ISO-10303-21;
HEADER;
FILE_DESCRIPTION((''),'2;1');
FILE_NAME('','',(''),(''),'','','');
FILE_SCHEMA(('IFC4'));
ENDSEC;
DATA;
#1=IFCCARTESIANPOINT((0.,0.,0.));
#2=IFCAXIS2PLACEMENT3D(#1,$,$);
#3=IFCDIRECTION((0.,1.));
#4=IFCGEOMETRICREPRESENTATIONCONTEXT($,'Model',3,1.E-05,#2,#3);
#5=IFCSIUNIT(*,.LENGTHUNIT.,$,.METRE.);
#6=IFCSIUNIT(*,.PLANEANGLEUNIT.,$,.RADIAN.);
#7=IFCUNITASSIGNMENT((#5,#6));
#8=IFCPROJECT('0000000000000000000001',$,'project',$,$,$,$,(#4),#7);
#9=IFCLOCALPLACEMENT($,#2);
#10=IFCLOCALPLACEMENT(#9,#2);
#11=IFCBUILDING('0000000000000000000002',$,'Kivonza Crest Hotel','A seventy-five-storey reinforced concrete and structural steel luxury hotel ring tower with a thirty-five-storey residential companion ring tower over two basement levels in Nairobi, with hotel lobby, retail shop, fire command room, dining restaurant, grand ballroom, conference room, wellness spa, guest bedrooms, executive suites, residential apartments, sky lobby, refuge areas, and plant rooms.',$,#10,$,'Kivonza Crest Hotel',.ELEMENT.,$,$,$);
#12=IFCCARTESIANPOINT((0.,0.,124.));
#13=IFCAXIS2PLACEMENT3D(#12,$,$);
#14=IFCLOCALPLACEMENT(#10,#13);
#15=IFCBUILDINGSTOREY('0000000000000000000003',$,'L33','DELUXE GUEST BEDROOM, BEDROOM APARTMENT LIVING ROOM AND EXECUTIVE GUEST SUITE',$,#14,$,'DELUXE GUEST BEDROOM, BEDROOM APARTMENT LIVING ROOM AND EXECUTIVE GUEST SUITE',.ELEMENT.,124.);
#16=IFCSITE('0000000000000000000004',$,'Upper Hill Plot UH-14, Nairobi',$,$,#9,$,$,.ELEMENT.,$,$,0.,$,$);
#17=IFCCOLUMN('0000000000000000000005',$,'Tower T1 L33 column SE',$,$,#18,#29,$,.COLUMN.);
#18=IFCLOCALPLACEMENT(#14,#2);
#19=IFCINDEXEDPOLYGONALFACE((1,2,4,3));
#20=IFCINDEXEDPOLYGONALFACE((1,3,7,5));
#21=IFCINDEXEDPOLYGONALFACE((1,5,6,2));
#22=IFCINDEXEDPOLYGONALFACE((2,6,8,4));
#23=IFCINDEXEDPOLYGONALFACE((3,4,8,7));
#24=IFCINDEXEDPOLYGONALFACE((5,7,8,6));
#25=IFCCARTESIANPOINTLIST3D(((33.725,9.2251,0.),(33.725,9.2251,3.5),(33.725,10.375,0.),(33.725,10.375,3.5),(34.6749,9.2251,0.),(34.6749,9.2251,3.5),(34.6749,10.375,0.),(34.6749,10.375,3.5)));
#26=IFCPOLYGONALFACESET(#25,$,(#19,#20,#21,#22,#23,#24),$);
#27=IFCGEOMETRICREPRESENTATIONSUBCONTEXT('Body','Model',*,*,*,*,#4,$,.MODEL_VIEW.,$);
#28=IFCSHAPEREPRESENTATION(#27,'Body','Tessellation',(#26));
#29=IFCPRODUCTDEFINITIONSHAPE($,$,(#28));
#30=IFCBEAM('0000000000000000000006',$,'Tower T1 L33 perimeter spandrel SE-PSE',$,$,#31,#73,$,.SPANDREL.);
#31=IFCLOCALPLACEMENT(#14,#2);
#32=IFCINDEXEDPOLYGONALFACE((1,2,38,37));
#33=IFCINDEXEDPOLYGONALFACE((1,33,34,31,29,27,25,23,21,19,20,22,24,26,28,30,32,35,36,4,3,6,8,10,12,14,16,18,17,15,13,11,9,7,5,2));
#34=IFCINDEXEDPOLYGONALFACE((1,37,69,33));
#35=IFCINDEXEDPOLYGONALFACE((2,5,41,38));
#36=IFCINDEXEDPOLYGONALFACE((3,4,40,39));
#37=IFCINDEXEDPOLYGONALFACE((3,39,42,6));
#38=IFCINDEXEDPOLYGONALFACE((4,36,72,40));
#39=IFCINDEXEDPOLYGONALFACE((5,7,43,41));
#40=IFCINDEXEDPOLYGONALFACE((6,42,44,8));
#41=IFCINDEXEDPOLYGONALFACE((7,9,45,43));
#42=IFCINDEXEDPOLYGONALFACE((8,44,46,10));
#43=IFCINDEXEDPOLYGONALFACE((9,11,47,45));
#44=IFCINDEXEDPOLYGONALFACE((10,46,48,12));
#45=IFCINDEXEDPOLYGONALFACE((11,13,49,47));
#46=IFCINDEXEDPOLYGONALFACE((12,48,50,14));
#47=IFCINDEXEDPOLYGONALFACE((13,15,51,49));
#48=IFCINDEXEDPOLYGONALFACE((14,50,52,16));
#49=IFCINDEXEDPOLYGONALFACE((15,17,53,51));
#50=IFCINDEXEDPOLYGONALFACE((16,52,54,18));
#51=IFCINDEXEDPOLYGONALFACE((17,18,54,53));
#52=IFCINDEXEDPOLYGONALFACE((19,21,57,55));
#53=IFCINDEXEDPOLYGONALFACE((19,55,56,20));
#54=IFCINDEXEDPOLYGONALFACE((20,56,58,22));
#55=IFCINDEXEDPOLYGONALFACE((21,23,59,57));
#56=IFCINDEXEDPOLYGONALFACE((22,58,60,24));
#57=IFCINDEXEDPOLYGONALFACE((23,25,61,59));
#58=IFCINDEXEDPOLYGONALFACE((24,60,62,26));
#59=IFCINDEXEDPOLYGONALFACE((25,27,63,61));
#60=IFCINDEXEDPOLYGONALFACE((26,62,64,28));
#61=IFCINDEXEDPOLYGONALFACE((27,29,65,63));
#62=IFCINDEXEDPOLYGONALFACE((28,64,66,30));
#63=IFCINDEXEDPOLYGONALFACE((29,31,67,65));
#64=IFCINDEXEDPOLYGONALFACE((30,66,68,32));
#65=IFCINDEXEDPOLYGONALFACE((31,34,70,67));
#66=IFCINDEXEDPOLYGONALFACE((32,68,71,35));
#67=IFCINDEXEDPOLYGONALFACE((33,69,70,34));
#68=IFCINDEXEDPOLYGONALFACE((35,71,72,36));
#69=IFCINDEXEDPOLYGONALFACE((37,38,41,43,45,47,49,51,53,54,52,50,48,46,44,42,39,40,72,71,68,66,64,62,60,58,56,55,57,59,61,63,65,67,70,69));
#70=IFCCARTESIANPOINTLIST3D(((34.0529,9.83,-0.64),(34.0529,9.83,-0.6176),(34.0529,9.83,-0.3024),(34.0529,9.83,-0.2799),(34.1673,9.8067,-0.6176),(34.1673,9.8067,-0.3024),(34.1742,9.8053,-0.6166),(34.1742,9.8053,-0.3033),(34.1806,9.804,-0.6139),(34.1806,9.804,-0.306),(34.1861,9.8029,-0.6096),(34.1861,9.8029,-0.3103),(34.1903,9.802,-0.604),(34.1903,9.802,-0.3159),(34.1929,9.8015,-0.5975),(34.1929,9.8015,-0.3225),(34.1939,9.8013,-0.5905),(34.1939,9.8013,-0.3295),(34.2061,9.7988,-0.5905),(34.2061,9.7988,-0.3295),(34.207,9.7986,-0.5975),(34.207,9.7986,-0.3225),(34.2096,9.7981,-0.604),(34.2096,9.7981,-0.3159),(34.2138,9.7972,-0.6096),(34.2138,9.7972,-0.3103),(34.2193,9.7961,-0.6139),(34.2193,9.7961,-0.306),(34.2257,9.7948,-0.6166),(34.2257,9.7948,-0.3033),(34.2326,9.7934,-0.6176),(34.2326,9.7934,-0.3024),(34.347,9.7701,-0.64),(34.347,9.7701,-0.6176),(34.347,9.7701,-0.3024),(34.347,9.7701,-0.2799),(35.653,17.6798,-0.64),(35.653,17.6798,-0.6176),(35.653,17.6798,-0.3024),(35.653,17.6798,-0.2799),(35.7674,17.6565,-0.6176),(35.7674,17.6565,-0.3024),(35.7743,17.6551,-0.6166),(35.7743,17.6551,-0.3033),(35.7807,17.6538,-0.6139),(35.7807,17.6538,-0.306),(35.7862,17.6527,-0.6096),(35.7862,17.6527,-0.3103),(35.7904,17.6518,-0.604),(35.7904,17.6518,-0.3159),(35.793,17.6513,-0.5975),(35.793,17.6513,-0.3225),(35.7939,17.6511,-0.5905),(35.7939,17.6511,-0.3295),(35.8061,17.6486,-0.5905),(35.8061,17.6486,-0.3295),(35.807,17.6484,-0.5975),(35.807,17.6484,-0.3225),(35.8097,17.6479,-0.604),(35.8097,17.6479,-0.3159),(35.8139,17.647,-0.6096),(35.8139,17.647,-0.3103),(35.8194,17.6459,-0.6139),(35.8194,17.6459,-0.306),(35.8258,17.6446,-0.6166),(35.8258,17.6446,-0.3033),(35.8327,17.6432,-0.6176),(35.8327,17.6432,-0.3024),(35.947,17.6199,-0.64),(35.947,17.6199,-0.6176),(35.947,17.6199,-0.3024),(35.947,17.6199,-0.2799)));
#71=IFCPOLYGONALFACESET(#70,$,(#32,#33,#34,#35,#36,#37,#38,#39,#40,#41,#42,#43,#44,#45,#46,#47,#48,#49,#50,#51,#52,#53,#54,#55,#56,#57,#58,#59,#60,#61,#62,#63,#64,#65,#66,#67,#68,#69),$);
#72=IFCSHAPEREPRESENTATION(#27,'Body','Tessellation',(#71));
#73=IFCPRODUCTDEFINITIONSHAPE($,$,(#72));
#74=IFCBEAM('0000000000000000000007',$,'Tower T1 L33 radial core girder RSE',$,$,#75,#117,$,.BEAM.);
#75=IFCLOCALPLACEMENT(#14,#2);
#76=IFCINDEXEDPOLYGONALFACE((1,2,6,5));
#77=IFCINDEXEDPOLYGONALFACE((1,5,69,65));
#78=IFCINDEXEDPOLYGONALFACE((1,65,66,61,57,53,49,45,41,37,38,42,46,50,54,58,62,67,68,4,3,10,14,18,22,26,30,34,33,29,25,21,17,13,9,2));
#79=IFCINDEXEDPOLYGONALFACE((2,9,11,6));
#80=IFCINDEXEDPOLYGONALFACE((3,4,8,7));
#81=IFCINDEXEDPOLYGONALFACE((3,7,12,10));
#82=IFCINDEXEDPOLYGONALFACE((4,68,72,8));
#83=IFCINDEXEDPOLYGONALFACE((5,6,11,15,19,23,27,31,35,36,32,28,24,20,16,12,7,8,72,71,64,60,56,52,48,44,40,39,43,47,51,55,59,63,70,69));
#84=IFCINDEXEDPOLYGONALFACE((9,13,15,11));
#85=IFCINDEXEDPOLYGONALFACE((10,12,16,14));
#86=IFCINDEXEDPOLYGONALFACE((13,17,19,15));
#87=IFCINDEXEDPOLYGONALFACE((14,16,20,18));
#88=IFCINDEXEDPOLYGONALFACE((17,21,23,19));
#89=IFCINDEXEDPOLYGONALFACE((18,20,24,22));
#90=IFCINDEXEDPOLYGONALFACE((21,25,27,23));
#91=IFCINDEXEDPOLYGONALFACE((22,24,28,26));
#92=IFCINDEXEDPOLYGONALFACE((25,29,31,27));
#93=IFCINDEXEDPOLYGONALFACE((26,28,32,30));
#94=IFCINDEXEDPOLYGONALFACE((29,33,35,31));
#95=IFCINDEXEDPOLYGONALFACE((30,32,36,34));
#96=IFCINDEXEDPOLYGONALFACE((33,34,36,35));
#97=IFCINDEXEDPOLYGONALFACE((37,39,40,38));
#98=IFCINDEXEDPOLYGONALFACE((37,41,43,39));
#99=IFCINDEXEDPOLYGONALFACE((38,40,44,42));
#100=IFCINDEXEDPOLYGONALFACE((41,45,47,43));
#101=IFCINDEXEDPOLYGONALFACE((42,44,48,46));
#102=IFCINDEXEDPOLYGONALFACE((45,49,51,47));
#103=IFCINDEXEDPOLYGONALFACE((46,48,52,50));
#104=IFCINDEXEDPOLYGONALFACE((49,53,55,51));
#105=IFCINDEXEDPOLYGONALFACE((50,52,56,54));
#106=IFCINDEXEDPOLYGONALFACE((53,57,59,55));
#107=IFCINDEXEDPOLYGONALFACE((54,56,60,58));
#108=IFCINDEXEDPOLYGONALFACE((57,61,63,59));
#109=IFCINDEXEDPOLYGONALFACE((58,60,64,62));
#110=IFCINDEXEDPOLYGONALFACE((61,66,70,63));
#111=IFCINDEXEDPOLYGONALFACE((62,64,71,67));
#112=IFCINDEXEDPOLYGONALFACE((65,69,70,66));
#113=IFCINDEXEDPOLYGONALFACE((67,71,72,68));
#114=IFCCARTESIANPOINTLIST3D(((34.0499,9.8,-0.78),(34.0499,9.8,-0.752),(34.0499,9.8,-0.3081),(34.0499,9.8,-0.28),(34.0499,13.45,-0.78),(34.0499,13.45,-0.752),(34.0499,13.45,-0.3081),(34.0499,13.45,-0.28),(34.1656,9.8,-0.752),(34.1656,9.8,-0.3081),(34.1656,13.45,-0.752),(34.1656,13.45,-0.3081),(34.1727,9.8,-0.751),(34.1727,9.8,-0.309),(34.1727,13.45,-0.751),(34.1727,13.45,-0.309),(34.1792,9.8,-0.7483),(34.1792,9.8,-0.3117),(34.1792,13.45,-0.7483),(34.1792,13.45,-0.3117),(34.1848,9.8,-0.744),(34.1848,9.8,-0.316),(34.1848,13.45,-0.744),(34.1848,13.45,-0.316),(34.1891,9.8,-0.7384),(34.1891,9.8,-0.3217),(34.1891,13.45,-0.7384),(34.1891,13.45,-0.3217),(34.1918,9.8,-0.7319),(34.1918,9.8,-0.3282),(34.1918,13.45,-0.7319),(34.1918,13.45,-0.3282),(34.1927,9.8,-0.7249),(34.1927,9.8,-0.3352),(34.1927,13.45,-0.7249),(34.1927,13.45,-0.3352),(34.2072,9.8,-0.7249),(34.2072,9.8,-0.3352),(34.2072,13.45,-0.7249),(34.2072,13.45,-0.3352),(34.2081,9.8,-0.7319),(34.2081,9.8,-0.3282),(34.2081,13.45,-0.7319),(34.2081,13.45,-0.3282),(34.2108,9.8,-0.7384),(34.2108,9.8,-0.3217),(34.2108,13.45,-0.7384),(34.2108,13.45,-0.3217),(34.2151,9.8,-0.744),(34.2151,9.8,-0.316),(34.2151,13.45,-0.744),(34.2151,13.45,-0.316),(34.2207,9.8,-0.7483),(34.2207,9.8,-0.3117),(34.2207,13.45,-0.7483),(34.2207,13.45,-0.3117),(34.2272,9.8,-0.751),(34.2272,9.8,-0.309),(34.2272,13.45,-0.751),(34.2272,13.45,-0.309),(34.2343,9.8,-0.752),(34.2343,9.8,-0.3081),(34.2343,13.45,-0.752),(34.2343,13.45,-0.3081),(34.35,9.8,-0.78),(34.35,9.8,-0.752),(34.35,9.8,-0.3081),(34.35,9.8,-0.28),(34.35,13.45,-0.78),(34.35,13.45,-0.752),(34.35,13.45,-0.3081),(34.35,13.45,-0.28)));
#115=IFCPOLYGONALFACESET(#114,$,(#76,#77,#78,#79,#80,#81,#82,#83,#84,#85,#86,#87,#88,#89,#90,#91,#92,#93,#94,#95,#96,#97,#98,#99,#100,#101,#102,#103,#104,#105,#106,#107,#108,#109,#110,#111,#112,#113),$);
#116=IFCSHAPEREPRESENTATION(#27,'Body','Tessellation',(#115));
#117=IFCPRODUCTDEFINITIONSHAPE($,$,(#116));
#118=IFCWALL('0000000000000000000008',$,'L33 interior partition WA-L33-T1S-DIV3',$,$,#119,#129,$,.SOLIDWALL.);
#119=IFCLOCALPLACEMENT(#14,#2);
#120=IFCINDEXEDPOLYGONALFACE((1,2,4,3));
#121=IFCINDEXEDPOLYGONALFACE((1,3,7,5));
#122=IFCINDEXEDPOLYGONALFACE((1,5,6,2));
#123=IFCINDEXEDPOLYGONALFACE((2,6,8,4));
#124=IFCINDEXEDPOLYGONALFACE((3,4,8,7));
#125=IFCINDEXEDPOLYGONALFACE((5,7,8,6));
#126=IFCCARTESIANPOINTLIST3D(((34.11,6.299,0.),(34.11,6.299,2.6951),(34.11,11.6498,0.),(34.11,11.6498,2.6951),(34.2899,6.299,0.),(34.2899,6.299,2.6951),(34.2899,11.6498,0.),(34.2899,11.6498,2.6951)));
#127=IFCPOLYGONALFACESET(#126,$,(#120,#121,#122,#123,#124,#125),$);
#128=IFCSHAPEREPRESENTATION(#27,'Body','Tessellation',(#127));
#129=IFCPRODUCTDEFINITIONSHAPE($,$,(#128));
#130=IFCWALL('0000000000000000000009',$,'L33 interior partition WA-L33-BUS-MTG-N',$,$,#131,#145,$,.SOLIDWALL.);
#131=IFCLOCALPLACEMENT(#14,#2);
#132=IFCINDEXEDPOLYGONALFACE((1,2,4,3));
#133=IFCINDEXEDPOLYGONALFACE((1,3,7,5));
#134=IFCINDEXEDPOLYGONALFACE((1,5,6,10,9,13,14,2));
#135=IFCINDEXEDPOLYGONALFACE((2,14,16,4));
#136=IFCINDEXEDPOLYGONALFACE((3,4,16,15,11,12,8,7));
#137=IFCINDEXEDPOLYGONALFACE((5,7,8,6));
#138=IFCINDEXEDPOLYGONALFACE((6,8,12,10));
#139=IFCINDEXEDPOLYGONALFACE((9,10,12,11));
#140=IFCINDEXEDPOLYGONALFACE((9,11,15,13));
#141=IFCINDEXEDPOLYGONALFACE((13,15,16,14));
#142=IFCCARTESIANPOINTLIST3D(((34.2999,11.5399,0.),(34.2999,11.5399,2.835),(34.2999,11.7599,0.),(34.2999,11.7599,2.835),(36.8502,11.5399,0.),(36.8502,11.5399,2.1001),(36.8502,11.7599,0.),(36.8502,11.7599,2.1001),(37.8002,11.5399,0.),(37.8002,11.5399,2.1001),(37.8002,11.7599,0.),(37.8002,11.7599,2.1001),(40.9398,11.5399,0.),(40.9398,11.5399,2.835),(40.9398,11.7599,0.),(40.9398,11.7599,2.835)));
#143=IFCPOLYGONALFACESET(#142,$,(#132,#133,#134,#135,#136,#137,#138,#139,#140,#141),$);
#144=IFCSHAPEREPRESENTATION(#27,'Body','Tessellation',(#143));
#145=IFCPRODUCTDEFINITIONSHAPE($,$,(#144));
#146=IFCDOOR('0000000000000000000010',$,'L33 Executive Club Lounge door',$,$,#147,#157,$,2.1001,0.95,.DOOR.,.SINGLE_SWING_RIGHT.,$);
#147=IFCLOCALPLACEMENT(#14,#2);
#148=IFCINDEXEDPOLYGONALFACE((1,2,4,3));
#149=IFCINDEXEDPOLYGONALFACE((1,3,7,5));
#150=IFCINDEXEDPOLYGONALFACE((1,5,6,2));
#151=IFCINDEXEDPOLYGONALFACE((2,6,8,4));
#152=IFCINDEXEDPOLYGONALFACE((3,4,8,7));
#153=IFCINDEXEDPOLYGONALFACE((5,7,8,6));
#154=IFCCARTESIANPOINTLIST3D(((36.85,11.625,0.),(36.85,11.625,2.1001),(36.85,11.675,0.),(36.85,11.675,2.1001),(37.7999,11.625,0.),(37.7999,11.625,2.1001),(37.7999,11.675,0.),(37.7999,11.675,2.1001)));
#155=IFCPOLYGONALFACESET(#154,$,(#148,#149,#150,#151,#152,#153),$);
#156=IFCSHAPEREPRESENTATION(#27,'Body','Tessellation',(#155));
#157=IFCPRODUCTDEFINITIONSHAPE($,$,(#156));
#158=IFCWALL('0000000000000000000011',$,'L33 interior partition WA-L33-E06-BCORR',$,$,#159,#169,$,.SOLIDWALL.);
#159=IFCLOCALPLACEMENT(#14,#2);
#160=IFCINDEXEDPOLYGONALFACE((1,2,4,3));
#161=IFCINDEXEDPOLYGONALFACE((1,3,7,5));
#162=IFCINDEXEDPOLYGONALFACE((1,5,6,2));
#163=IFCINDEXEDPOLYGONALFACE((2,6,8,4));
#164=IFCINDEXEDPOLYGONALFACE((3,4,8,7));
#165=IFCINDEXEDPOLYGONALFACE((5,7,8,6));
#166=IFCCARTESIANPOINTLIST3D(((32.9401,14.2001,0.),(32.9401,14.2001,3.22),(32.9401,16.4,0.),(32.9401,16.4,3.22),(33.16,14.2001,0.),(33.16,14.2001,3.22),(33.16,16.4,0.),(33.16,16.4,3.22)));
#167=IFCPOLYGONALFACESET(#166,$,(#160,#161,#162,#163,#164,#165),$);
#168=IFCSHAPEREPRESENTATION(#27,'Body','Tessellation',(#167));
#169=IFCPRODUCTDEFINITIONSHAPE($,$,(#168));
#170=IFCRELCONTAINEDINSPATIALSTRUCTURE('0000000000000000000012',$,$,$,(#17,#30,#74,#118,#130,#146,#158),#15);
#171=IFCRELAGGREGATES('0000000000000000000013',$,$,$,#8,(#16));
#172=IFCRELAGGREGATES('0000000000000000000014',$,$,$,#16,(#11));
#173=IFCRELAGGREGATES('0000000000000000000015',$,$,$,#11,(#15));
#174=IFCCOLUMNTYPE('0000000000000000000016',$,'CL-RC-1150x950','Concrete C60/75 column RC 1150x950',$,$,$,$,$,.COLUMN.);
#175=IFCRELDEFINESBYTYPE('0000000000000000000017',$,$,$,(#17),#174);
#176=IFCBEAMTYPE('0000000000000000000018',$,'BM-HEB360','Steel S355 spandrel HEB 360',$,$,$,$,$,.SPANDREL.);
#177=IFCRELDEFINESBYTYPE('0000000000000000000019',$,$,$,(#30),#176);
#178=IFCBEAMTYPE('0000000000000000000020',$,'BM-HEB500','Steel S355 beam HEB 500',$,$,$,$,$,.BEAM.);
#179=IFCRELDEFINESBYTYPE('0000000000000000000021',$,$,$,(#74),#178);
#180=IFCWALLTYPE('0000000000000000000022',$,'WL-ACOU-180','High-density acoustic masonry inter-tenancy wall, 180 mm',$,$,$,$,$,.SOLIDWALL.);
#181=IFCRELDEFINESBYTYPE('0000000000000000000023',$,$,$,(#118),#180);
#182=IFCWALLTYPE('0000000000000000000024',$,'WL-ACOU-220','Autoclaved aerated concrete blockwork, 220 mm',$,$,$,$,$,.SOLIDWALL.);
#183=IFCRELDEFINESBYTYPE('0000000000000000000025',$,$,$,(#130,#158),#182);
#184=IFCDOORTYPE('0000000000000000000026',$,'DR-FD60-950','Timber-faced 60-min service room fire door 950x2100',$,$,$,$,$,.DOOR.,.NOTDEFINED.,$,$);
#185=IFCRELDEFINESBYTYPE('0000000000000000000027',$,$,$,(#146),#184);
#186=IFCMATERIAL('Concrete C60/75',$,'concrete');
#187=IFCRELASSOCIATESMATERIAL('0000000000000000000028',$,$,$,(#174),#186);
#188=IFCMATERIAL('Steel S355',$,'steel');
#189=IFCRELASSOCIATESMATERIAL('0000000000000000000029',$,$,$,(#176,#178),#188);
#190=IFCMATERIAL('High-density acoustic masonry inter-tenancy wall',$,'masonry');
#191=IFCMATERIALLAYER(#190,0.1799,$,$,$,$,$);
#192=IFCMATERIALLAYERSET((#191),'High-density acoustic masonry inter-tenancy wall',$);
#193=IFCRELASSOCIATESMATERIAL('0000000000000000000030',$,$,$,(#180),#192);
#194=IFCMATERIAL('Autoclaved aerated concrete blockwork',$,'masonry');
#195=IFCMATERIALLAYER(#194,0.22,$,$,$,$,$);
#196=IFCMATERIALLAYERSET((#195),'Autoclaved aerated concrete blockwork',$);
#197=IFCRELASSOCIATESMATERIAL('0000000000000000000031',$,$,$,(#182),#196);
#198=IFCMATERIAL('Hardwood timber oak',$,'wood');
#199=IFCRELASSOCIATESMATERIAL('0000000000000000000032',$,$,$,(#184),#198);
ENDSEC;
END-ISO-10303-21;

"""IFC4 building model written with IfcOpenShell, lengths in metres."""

from ifc_helpers import new_model, si_unit, direction, frame, frame_2d, origin, origin_2d, place, context, subcontext, project, spatial, rectangle, i_section, extrude, material, layer, layer_set, material_profile, profile_set, type_object, element, fill, save


model = new_model("IFC4")

# Units and contexts
model_context = context("Model", 3, precision=1e-05, world=origin(), true_north=direction((0.0, 1.0)))
body_context = subcontext(model_context, "Body", "Model", "MODEL_VIEW")
ifc_project = project(units=[si_unit("LENGTHUNIT", "METRE"), si_unit("PLANEANGLEUNIT", "RADIAN")], contexts=[model_context])

# Site, building, storey
site_placement = place(None, origin())
site = spatial("IfcSite", under=ifc_project, at=site_placement, Name="Upper Hill Plot UH-14, Nairobi", CompositionType="ELEMENT", RefElevation=0.0)
building_placement = place(site_placement, origin())
building = spatial("IfcBuilding", under=site, at=building_placement, Name="Kivonza Crest Hotel", Description="A seventy-five-storey reinforced concrete and structural steel luxury hotel ring tower with a thirty-five-storey residential companion ring tower over two basement levels in Nairobi, with hotel lobby, retail shop, fire command room, dining restaurant, grand ballroom, conference room, wellness spa, guest bedrooms, executive suites, residential apartments, sky lobby, refuge areas, and plant rooms.", LongName="Kivonza Crest Hotel", CompositionType="ELEMENT")
storey_placement = place(building_placement, frame((0.0, 0.0, 124.0)))
storey = spatial("IfcBuildingStorey", under=building, at=storey_placement, Name="L33", Description="DELUXE GUEST BEDROOM, BEDROOM APARTMENT LIVING ROOM AND EXECUTIVE GUEST SUITE", LongName="DELUXE GUEST BEDROOM, BEDROOM APARTMENT LIVING ROOM AND EXECUTIVE GUEST SUITE", CompositionType="ELEMENT", Elevation=124.0)

# Column
ifc_material_1 = material(Name="Concrete C60/75", Category="concrete")
ifc_material_profile_1 = material_profile(ifc_material_1, rectangle(XDim=0.95, YDim=1.1499, at=origin_2d()), Name="RC 1150x950")
ifc_profile_set_1 = profile_set([ifc_material_profile_1], Name="Concrete C60/75")
column_type = type_object("IfcColumnType", Name="CL-RC-1150x950", Description="Concrete C60/75 column RC 1150x950", PredefinedType="COLUMN", material=ifc_profile_set_1)
column_placement = place(storey_placement, frame((34.2, 9.8, 0.0), z_axis=(0.0, 0.0, 1.0), x_axis=(1.0, 0.0, 0.0)))
element("IfcColumn", 1, at=column_placement, inside=storey, type_object=column_type, Name="Tower T1 L33 column SE", PredefinedType="COLUMN", context=body_context, shape_type="SweptSolid", body=[
    extrude(rectangle(XDim=0.95, YDim=1.1499, at=origin_2d()), origin(), (0.0, 0.0, 1.0), 3.5),
])

# Beams
ifc_material_2 = material(Name="Steel S355", Category="steel")
ifc_material_profile_2 = material_profile(ifc_material_2, i_section(OverallWidth=0.3, OverallDepth=0.3601, WebThickness=0.0125, FlangeThickness=0.0225, FilletRadius=0.0271, at=origin_2d()), Name="HEB 360")
ifc_profile_set_2 = profile_set([ifc_material_profile_2], Name="Steel S355")
beam_type_1 = type_object("IfcBeamType", Name="BM-HEB360", Description="Steel S355 spandrel HEB 360", PredefinedType="SPANDREL", material=ifc_profile_set_2)
beam_1_placement = place(storey_placement, frame((34.2, 9.8, -0.46), z_axis=(0.199731, 0.979851, 0.0), x_axis=(-0.979851, 0.199731, 0.0)))
element("IfcBeam", 2, at=beam_1_placement, inside=storey, type_object=beam_type_1, Name="Tower T1 L33 perimeter spandrel SE-PSE", PredefinedType="SPANDREL", context=body_context, shape_type="SweptSolid", body=[
    extrude(i_section(OverallWidth=0.3, OverallDepth=0.3601, WebThickness=0.0125, FlangeThickness=0.0225, FilletRadius=0.0271, at=origin_2d()), origin(), (0.0, 0.0, 1.0), 8.0112),
])
ifc_material_profile_3 = material_profile(ifc_material_2, i_section(OverallWidth=0.3, OverallDepth=0.5, WebThickness=0.0144, FlangeThickness=0.0281, FilletRadius=0.0271, at=origin_2d()), Name="HEB 500")
ifc_profile_set_3 = profile_set([ifc_material_profile_3], Name="Steel S355")
beam_type_2 = type_object("IfcBeamType", Name="BM-HEB500", Description="Steel S355 beam HEB 500", PredefinedType="BEAM", material=ifc_profile_set_3)
beam_2_placement = place(storey_placement, frame((34.2, 9.8, -0.53), z_axis=(0.0, 1.0, 0.0), x_axis=(-1.0, 0.0, 0.0)))
element("IfcBeam", 3, at=beam_2_placement, inside=storey, type_object=beam_type_2, Name="Tower T1 L33 radial core girder RSE", PredefinedType="BEAM", context=body_context, shape_type="SweptSolid", body=[
    extrude(i_section(OverallWidth=0.3, OverallDepth=0.5, WebThickness=0.0144, FlangeThickness=0.0281, FilletRadius=0.0271, at=origin_2d()), origin(), (0.0, 0.0, 1.0), 3.6499),
])

# Wall
ifc_material_3 = material(Name="High-density acoustic masonry inter-tenancy wall", Category="masonry")
ifc_layer_1 = layer(ifc_material_3, 0.1799)
ifc_layer_set_1 = layer_set([ifc_layer_1], Name="High-density acoustic masonry inter-tenancy wall")
wall_type_1 = type_object("IfcWallType", Name="WL-ACOU-180", Description="High-density acoustic masonry inter-tenancy wall, 180 mm", PredefinedType="SOLIDWALL", material=ifc_layer_set_1)
wall_1_placement = place(storey_placement, frame((34.2, 6.2991, 0.0), z_axis=(0.0, 0.0, 1.0), x_axis=(0.0, 1.0, 0.0)))
element("IfcWall", 4, at=wall_1_placement, inside=storey, type_object=wall_type_1, Name="L33 interior partition WA-L33-T1S-DIV3", PredefinedType="SOLIDWALL", context=body_context, shape_type="SweptSolid", body=[
    extrude(rectangle(XDim=5.3508, YDim=0.1799, at=frame_2d((2.6753, 0.0))), origin(), (0.0, 0.0, 1.0), 2.6951),
])

# Wall, opening, door
ifc_material_4 = material(Name="Autoclaved aerated concrete blockwork", Category="masonry")
ifc_layer_2 = layer(ifc_material_4, 0.22)
ifc_layer_set_2 = layer_set([ifc_layer_2], Name="Autoclaved aerated concrete blockwork")
wall_type_2 = type_object("IfcWallType", Name="WL-ACOU-220", Description="Autoclaved aerated concrete blockwork, 220 mm", PredefinedType="SOLIDWALL", material=ifc_layer_set_2)
wall_2_placement = place(storey_placement, frame((34.3, 11.6499, 0.0), z_axis=(0.0, 0.0, 1.0), x_axis=(1.0, 0.0, 0.0)))
wall_2 = element("IfcWall", 5, at=wall_2_placement, inside=storey, type_object=wall_type_2, Name="L33 interior partition WA-L33-BUS-MTG-N", PredefinedType="SOLIDWALL", context=body_context, shape_type="SweptSolid", body=[
    extrude(rectangle(XDim=6.6399, YDim=0.22, at=frame_2d((3.3198, 0.0))), origin(), (0.0, 0.0, 1.0), 2.835),
])
opening_1_placement = place(wall_2_placement, frame((2.55, 0.0, 0.0)))
opening_1 = element("IfcOpeningElement", 6, at=opening_1_placement, cuts=wall_2, PredefinedType="OPENING", context=body_context, shape_type="SweptSolid", body=[
    extrude(rectangle(XDim=0.95, YDim=2.1001, at=frame_2d((0.4751, 1.05))), frame((0.0, 0.1201, 0.0), z_axis=(0.0, -1.0, 0.0), x_axis=(1.0, 0.0, 0.0)), (0.0, 0.0, 1.0), 0.24),
])
ifc_material_5 = material(Name="Hardwood timber oak", Category="wood")
door_type_1 = type_object("IfcDoorType", Name="DR-FD60-950", Description="Timber-faced 60-min service room fire door 950x2100", OperationType="NOTDEFINED", PredefinedType="DOOR", material=ifc_material_5)
door_1_placement = place(opening_1_placement, frame((0.95, 0.0, 0.0), z_axis=(0.0, 0.0, 1.0), x_axis=(-1.0, 0.0, 0.0)))
door_1 = element("IfcDoor", 7, at=door_1_placement, inside=storey, type_object=door_type_1, Name="L33 Executive Club Lounge door", OperationType="SINGLE_SWING_RIGHT", OverallHeight=2.1001, OverallWidth=0.95, PredefinedType="DOOR", context=body_context, shape_type="SweptSolid", body=[
    extrude(rectangle(XDim=0.95, YDim=2.1001, at=frame_2d((0.4751, 1.05))), frame((0.0, 0.0249, 0.0), z_axis=(0.0, -1.0, 0.0), x_axis=(1.0, 0.0, 0.0)), (0.0, 0.0, 1.0), 0.05),
])
fill(opening_1, door_1)

# Wall
wall_3_placement = place(storey_placement, frame((33.05, 14.2, 0.0), z_axis=(0.0, 0.0, 1.0), x_axis=(0.0, 1.0, 0.0)))
element("IfcWall", 8, at=wall_3_placement, inside=storey, type_object=wall_type_2, Name="L33 interior partition WA-L33-E06-BCORR", PredefinedType="SOLIDWALL", context=body_context, shape_type="SweptSolid", body=[
    extrude(rectangle(XDim=2.2, YDim=0.22, at=frame_2d((1.1001, 0.0))), origin(), (0.0, 0.0, 1.0), 3.22),
])

save(model, "model.ifc")
